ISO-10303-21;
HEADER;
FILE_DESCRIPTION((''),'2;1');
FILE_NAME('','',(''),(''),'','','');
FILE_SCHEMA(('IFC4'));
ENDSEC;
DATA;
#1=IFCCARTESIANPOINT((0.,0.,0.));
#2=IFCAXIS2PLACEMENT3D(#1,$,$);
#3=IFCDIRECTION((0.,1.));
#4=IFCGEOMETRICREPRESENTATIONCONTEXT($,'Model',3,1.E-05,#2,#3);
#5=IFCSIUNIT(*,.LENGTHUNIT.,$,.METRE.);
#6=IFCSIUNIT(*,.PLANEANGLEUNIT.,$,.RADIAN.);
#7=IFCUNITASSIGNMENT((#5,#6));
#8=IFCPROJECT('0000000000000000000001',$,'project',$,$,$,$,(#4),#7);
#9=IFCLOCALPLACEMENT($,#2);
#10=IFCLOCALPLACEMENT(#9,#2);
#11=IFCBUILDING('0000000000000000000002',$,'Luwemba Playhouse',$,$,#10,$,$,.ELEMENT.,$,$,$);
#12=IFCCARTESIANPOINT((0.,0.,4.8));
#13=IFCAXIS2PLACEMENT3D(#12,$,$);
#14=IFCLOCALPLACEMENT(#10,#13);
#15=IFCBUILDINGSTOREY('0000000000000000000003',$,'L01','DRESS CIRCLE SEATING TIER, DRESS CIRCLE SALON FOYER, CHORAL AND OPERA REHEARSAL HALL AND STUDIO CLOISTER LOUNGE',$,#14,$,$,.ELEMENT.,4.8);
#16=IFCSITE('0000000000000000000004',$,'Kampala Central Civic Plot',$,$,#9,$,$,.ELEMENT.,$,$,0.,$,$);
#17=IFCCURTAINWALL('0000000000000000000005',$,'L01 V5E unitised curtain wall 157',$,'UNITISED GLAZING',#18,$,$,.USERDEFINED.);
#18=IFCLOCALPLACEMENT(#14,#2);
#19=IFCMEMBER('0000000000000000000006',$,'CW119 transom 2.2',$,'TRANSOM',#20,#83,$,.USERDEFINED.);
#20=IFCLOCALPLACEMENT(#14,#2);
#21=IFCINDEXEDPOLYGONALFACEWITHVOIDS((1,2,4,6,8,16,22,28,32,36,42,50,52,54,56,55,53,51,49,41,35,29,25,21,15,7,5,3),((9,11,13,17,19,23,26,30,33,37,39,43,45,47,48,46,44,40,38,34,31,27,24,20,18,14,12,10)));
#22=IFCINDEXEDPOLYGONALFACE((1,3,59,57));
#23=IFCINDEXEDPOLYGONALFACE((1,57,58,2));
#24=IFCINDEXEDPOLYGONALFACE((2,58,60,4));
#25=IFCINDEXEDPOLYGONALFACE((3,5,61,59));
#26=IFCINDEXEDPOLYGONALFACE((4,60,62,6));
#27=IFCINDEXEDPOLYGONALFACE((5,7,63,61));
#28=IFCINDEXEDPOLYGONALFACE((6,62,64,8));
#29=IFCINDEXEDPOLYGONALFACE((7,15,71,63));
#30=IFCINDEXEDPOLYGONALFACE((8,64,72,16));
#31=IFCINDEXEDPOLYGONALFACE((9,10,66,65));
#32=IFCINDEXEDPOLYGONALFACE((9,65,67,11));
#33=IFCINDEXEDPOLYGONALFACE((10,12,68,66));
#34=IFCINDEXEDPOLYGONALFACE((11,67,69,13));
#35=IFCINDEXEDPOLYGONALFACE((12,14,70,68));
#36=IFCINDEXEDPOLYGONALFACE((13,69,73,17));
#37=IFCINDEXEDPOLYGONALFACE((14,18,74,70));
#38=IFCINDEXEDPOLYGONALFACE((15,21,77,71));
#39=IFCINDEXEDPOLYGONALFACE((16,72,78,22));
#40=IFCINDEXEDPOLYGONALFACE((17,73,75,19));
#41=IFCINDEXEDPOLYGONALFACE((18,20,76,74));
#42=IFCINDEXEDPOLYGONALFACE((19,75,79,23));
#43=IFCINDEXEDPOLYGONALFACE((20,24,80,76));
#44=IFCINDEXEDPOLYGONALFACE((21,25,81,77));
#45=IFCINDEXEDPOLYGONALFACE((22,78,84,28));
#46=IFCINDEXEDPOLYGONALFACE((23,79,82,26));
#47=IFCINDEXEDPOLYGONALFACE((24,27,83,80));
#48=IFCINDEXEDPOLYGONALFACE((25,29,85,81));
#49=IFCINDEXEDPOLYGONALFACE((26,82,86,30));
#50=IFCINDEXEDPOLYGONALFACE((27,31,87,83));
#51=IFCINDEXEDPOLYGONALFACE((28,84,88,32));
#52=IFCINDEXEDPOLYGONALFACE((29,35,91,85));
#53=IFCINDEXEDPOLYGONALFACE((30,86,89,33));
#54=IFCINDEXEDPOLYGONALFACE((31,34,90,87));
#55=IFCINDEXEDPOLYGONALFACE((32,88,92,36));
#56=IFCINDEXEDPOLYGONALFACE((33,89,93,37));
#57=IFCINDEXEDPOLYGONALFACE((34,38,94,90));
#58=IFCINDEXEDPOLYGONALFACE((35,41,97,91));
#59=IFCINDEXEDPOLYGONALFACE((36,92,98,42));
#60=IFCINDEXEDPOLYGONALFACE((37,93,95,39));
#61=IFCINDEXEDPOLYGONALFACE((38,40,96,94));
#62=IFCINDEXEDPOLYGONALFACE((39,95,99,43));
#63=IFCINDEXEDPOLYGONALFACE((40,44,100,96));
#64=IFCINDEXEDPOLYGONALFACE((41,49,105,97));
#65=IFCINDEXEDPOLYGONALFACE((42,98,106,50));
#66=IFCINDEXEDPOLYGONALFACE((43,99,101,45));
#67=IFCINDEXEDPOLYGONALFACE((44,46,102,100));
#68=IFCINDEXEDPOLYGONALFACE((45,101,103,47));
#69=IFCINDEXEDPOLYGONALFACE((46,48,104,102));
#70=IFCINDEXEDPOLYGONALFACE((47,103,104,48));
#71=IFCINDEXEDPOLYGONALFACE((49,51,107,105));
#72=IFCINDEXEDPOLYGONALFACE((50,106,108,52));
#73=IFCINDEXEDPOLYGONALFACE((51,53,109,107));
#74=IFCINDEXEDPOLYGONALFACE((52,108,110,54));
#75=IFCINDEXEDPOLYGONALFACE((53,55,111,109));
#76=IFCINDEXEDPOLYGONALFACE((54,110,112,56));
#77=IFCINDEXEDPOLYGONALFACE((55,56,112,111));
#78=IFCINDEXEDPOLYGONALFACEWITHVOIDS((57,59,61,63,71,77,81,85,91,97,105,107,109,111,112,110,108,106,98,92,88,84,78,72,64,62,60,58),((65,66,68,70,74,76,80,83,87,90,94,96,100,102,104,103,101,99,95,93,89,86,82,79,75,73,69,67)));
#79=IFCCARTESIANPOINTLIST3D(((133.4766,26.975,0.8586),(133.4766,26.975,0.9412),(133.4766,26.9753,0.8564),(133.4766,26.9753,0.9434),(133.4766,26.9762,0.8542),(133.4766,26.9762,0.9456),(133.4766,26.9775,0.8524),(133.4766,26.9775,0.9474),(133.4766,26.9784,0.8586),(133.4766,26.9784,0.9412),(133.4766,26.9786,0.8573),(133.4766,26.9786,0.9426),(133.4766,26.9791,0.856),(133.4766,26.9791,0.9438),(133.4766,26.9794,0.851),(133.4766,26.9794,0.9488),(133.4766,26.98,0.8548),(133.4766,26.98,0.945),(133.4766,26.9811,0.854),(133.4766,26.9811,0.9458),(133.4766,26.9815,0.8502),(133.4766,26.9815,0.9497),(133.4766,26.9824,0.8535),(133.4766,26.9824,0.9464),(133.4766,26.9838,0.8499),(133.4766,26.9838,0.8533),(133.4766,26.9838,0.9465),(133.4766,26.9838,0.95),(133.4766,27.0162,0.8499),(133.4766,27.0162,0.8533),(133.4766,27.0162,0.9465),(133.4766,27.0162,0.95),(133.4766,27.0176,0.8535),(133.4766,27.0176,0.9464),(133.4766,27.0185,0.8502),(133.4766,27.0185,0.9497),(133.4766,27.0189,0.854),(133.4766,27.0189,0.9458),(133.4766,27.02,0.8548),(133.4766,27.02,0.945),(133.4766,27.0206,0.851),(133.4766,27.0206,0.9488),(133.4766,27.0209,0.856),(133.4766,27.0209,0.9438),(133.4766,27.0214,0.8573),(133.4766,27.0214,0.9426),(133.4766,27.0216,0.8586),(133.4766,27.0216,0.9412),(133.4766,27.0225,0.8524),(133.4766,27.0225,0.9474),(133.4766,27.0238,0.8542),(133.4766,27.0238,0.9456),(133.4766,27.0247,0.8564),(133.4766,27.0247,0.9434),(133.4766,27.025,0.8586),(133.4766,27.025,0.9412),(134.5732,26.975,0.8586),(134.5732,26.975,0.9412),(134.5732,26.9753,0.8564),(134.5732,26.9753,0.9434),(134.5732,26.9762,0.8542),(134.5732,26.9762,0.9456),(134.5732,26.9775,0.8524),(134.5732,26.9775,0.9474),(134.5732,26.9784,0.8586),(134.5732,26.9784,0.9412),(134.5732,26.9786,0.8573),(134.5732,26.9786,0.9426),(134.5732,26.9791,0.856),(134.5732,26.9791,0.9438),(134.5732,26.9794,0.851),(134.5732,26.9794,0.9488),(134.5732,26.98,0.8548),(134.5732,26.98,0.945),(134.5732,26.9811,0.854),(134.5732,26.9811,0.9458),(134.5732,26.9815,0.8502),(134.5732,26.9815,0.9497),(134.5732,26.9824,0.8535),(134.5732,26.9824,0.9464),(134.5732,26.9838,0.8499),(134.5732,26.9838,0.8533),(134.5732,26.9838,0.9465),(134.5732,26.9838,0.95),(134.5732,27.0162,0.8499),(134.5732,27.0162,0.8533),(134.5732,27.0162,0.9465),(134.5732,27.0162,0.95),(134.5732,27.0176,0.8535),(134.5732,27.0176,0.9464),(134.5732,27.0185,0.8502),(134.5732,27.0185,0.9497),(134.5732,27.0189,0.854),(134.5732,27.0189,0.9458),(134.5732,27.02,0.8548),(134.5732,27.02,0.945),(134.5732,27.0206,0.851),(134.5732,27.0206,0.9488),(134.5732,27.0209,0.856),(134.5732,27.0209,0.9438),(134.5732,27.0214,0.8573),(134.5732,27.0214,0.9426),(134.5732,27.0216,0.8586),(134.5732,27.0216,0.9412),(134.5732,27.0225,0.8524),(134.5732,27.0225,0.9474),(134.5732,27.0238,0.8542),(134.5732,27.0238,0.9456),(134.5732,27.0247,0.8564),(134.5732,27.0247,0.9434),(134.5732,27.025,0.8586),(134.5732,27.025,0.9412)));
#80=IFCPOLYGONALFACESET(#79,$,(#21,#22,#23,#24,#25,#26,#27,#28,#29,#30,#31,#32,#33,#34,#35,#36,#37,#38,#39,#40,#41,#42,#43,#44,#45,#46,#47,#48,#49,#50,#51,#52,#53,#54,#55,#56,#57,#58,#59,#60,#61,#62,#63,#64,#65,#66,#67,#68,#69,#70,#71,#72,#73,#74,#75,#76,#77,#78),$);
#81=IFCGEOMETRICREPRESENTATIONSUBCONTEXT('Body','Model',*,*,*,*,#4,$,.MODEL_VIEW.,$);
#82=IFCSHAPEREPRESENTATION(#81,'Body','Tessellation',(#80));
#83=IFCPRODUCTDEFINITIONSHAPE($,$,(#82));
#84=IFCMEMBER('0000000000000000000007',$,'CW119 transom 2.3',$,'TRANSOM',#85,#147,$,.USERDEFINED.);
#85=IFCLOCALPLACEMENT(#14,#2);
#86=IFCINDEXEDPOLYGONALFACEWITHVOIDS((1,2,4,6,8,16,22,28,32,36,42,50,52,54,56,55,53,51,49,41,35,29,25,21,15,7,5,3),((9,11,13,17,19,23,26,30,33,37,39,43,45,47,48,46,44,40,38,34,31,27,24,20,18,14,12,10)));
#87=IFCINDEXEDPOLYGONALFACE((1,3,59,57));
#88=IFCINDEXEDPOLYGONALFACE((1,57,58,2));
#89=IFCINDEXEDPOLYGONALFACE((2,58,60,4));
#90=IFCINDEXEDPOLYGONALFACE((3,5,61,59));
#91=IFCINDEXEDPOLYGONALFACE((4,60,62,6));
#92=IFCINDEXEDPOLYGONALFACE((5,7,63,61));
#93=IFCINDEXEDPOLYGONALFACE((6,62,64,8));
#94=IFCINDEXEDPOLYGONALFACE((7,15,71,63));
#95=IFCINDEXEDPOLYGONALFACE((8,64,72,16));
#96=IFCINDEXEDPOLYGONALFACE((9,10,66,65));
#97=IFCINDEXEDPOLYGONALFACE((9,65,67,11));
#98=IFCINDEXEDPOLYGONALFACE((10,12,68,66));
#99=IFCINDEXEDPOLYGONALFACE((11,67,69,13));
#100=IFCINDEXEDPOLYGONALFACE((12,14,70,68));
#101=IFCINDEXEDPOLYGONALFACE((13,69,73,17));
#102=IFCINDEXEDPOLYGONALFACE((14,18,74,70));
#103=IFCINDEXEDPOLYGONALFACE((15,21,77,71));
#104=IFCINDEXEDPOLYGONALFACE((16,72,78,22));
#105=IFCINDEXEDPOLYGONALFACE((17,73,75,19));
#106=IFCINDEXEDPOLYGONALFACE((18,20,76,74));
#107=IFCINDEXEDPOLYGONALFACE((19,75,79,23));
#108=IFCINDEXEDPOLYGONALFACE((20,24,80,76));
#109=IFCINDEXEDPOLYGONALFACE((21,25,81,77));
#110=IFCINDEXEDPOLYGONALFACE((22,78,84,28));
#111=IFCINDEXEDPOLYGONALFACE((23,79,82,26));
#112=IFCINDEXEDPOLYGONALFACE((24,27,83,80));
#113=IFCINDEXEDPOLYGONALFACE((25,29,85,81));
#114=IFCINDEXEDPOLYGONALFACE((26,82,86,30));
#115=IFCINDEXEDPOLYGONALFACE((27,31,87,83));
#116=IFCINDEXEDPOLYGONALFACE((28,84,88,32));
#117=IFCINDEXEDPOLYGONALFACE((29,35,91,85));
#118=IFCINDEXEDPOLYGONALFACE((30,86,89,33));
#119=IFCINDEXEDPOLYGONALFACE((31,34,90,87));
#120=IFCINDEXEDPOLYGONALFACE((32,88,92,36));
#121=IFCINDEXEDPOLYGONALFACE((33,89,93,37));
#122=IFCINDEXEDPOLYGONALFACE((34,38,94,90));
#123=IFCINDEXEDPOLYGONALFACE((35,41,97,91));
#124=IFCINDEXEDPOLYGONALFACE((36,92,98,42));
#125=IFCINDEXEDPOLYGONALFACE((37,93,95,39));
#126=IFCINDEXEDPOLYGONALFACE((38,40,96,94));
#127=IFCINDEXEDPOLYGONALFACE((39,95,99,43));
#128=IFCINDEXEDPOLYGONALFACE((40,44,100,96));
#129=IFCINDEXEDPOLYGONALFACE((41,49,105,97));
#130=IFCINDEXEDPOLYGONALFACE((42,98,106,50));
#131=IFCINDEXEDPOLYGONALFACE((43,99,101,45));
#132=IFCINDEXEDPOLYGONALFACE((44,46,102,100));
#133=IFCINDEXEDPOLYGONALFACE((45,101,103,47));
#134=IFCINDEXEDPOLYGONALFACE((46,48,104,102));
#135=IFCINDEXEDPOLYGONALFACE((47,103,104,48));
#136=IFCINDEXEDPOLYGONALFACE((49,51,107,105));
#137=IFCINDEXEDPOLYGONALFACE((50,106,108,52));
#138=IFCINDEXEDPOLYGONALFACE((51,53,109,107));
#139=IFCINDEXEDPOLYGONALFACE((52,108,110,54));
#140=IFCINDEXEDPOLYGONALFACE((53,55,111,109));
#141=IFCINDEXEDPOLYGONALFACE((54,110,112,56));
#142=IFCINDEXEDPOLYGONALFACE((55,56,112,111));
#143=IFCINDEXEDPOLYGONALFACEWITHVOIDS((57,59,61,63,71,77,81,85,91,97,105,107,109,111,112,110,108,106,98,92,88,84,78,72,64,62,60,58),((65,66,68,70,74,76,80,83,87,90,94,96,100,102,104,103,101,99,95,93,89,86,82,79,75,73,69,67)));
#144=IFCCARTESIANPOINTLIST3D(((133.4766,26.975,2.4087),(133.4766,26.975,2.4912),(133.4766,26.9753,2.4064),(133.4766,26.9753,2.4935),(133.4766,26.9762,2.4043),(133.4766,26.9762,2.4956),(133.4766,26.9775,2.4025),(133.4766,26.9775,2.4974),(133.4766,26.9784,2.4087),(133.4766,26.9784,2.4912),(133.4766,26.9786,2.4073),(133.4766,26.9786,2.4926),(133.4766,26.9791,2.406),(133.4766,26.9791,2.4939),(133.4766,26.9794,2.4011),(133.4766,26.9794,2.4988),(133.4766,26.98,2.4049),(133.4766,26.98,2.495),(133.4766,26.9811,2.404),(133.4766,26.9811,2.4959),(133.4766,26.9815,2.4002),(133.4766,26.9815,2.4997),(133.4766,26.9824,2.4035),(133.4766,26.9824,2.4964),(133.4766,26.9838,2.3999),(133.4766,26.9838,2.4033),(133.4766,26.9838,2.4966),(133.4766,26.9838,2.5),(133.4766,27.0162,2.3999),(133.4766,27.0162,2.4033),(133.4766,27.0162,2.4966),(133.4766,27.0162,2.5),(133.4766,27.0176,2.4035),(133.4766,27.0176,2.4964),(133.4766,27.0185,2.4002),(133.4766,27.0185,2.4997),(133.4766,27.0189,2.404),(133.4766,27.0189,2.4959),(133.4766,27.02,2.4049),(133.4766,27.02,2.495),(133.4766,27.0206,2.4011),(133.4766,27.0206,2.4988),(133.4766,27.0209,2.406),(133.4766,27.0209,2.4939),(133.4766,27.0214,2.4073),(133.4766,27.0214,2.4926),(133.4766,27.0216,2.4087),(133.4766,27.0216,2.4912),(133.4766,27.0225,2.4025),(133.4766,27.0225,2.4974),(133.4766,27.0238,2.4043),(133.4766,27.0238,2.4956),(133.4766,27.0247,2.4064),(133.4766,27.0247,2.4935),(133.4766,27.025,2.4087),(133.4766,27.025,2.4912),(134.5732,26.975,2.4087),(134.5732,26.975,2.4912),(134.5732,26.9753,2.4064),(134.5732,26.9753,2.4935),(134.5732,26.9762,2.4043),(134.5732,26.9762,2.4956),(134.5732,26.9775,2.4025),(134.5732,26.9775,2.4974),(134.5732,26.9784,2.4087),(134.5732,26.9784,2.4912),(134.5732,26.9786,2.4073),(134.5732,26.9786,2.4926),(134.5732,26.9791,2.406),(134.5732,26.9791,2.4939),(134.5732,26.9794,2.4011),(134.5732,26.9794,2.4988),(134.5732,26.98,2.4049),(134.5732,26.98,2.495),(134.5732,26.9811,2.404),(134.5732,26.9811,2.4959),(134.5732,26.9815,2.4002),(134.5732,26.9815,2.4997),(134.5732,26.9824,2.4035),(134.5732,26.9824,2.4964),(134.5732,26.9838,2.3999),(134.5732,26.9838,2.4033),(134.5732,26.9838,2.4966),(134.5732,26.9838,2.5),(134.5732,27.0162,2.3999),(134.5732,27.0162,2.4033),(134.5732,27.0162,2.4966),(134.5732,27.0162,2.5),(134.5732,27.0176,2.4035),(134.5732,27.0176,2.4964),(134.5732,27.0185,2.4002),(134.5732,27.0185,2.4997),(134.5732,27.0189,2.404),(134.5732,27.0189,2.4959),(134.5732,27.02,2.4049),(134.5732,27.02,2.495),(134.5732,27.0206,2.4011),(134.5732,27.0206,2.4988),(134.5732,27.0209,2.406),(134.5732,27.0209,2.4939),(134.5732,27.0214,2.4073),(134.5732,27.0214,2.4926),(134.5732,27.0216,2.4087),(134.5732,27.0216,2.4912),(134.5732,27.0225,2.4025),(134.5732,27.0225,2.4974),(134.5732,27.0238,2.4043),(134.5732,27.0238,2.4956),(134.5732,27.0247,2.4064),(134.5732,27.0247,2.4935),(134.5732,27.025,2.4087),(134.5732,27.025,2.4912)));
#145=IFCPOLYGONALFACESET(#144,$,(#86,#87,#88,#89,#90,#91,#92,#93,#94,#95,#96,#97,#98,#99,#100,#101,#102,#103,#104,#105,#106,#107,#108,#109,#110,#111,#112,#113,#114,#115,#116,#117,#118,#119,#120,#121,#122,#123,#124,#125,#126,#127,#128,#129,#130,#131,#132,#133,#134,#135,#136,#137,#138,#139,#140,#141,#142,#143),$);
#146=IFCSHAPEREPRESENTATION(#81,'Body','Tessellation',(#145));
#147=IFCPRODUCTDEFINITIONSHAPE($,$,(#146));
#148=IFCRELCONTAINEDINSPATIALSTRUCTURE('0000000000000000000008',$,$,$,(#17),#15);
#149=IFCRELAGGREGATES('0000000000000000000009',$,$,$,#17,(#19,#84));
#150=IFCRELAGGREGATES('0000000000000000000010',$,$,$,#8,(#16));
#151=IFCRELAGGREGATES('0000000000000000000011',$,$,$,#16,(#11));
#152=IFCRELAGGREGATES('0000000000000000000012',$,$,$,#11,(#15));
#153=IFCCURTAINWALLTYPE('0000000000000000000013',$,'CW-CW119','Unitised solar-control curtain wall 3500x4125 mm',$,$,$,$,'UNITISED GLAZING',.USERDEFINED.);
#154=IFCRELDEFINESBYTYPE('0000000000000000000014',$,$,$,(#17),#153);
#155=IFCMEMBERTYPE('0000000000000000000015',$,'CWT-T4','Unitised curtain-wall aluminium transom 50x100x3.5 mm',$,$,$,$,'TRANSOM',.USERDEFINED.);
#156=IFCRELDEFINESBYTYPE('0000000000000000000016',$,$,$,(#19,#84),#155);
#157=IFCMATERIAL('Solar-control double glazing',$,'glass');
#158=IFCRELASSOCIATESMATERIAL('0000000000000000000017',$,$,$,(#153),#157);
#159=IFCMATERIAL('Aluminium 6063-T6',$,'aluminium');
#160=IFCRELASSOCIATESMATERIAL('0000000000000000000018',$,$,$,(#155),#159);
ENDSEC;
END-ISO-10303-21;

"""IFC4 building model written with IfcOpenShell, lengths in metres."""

from ifc_helpers import new_model, si_unit, direction, frame, origin, origin_2d, place, context, subcontext, project, spatial, hollow_rectangle, extrude, material, material_profile, profile_set, type_object, element, aggregate, save


model = new_model("IFC4")

# Units and contexts
model_context = context("Model", 3, precision=1e-05, world=origin(), true_north=direction((0.0, 1.0)))
body_context = subcontext(model_context, "Body", "Model", "MODEL_VIEW")
ifc_project = project(units=[si_unit("LENGTHUNIT", "METRE"), si_unit("PLANEANGLEUNIT", "RADIAN")], contexts=[model_context])

# Site, building, storey
site_placement = place(None, origin())
site = spatial("IfcSite", under=ifc_project, at=site_placement, Name="Kampala Central Civic Plot", CompositionType="ELEMENT", RefElevation=0.0)
building_placement = place(site_placement, origin())
building = spatial("IfcBuilding", under=site, at=building_placement, Name="Luwemba Playhouse", CompositionType="ELEMENT")
storey_placement = place(building_placement, frame((0.0, 0.0, 4.8)))
storey = spatial("IfcBuildingStorey", under=building, at=storey_placement, Name="L01", Description="DRESS CIRCLE SEATING TIER, DRESS CIRCLE SALON FOYER, CHORAL AND OPERA REHEARSAL HALL AND STUDIO CLOISTER LOUNGE", CompositionType="ELEMENT", Elevation=4.8)

# Curtain wall, members
ifc_material_1 = material(Name="Solar-control double glazing", Category="glass")
curtain_wall_type = type_object("IfcCurtainWallType", Name="CW-CW119", Description="Unitised solar-control curtain wall 3500x4125 mm", ElementType="UNITISED GLAZING", PredefinedType="USERDEFINED", material=ifc_material_1)
curtain_wall_placement = place(storey_placement, origin())
curtain_wall = element("IfcCurtainWall", 1, at=curtain_wall_placement, inside=storey, type_object=curtain_wall_type, Name="L01 V5E unitised curtain wall 157", ObjectType="UNITISED GLAZING", PredefinedType="USERDEFINED")
ifc_material_2 = material(Name="Aluminium 6063-T6", Category="aluminium")
ifc_material_profile_1 = material_profile(ifc_material_2, hollow_rectangle(XDim=0.05, YDim=0.1001, WallThickness=0.0034, InnerFilletRadius=0.0054, OuterFilletRadius=0.0088, at=origin_2d()))
ifc_profile_set_1 = profile_set([ifc_material_profile_1], Name="Aluminium 6063-T6")
member_type_1 = type_object("IfcMemberType", Name="CWT-T4", Description="Unitised curtain-wall aluminium transom 50x100x3.5 mm", ElementType="TRANSOM", PredefinedType="USERDEFINED", material=ifc_profile_set_1)
member_1_placement = place(storey_placement, frame((133.4766, 27.0, 0.8999), z_axis=(1.0, 0.0, 0.0), x_axis=(0.0, 1.0, 0.0)))
member_1 = element("IfcMember", 2, at=member_1_placement, type_object=member_type_1, Name="CW119 transom 2.2", ObjectType="TRANSOM", PredefinedType="USERDEFINED", context=body_context, shape_type="SweptSolid", body=[
    extrude(hollow_rectangle(XDim=0.05, YDim=0.1001, WallThickness=0.0034, InnerFilletRadius=0.0054, OuterFilletRadius=0.0088, at=origin_2d()), origin(), (0.0, 0.0, 1.0), 1.0967),
])
member_2_placement = place(storey_placement, frame((133.4766, 27.0, 2.45), z_axis=(1.0, 0.0, 0.0), x_axis=(0.0, 1.0, 0.0)))
member_2 = element("IfcMember", 3, at=member_2_placement, type_object=member_type_1, Name="CW119 transom 2.3", ObjectType="TRANSOM", PredefinedType="USERDEFINED", context=body_context, shape_type="SweptSolid", body=[
    extrude(hollow_rectangle(XDim=0.05, YDim=0.1001, WallThickness=0.0034, InnerFilletRadius=0.0054, OuterFilletRadius=0.0088, at=origin_2d()), origin(), (0.0, 0.0, 1.0), 1.0967),
])

aggregate(curtain_wall, [member_1, member_2])

save(model, "model.ifc")
